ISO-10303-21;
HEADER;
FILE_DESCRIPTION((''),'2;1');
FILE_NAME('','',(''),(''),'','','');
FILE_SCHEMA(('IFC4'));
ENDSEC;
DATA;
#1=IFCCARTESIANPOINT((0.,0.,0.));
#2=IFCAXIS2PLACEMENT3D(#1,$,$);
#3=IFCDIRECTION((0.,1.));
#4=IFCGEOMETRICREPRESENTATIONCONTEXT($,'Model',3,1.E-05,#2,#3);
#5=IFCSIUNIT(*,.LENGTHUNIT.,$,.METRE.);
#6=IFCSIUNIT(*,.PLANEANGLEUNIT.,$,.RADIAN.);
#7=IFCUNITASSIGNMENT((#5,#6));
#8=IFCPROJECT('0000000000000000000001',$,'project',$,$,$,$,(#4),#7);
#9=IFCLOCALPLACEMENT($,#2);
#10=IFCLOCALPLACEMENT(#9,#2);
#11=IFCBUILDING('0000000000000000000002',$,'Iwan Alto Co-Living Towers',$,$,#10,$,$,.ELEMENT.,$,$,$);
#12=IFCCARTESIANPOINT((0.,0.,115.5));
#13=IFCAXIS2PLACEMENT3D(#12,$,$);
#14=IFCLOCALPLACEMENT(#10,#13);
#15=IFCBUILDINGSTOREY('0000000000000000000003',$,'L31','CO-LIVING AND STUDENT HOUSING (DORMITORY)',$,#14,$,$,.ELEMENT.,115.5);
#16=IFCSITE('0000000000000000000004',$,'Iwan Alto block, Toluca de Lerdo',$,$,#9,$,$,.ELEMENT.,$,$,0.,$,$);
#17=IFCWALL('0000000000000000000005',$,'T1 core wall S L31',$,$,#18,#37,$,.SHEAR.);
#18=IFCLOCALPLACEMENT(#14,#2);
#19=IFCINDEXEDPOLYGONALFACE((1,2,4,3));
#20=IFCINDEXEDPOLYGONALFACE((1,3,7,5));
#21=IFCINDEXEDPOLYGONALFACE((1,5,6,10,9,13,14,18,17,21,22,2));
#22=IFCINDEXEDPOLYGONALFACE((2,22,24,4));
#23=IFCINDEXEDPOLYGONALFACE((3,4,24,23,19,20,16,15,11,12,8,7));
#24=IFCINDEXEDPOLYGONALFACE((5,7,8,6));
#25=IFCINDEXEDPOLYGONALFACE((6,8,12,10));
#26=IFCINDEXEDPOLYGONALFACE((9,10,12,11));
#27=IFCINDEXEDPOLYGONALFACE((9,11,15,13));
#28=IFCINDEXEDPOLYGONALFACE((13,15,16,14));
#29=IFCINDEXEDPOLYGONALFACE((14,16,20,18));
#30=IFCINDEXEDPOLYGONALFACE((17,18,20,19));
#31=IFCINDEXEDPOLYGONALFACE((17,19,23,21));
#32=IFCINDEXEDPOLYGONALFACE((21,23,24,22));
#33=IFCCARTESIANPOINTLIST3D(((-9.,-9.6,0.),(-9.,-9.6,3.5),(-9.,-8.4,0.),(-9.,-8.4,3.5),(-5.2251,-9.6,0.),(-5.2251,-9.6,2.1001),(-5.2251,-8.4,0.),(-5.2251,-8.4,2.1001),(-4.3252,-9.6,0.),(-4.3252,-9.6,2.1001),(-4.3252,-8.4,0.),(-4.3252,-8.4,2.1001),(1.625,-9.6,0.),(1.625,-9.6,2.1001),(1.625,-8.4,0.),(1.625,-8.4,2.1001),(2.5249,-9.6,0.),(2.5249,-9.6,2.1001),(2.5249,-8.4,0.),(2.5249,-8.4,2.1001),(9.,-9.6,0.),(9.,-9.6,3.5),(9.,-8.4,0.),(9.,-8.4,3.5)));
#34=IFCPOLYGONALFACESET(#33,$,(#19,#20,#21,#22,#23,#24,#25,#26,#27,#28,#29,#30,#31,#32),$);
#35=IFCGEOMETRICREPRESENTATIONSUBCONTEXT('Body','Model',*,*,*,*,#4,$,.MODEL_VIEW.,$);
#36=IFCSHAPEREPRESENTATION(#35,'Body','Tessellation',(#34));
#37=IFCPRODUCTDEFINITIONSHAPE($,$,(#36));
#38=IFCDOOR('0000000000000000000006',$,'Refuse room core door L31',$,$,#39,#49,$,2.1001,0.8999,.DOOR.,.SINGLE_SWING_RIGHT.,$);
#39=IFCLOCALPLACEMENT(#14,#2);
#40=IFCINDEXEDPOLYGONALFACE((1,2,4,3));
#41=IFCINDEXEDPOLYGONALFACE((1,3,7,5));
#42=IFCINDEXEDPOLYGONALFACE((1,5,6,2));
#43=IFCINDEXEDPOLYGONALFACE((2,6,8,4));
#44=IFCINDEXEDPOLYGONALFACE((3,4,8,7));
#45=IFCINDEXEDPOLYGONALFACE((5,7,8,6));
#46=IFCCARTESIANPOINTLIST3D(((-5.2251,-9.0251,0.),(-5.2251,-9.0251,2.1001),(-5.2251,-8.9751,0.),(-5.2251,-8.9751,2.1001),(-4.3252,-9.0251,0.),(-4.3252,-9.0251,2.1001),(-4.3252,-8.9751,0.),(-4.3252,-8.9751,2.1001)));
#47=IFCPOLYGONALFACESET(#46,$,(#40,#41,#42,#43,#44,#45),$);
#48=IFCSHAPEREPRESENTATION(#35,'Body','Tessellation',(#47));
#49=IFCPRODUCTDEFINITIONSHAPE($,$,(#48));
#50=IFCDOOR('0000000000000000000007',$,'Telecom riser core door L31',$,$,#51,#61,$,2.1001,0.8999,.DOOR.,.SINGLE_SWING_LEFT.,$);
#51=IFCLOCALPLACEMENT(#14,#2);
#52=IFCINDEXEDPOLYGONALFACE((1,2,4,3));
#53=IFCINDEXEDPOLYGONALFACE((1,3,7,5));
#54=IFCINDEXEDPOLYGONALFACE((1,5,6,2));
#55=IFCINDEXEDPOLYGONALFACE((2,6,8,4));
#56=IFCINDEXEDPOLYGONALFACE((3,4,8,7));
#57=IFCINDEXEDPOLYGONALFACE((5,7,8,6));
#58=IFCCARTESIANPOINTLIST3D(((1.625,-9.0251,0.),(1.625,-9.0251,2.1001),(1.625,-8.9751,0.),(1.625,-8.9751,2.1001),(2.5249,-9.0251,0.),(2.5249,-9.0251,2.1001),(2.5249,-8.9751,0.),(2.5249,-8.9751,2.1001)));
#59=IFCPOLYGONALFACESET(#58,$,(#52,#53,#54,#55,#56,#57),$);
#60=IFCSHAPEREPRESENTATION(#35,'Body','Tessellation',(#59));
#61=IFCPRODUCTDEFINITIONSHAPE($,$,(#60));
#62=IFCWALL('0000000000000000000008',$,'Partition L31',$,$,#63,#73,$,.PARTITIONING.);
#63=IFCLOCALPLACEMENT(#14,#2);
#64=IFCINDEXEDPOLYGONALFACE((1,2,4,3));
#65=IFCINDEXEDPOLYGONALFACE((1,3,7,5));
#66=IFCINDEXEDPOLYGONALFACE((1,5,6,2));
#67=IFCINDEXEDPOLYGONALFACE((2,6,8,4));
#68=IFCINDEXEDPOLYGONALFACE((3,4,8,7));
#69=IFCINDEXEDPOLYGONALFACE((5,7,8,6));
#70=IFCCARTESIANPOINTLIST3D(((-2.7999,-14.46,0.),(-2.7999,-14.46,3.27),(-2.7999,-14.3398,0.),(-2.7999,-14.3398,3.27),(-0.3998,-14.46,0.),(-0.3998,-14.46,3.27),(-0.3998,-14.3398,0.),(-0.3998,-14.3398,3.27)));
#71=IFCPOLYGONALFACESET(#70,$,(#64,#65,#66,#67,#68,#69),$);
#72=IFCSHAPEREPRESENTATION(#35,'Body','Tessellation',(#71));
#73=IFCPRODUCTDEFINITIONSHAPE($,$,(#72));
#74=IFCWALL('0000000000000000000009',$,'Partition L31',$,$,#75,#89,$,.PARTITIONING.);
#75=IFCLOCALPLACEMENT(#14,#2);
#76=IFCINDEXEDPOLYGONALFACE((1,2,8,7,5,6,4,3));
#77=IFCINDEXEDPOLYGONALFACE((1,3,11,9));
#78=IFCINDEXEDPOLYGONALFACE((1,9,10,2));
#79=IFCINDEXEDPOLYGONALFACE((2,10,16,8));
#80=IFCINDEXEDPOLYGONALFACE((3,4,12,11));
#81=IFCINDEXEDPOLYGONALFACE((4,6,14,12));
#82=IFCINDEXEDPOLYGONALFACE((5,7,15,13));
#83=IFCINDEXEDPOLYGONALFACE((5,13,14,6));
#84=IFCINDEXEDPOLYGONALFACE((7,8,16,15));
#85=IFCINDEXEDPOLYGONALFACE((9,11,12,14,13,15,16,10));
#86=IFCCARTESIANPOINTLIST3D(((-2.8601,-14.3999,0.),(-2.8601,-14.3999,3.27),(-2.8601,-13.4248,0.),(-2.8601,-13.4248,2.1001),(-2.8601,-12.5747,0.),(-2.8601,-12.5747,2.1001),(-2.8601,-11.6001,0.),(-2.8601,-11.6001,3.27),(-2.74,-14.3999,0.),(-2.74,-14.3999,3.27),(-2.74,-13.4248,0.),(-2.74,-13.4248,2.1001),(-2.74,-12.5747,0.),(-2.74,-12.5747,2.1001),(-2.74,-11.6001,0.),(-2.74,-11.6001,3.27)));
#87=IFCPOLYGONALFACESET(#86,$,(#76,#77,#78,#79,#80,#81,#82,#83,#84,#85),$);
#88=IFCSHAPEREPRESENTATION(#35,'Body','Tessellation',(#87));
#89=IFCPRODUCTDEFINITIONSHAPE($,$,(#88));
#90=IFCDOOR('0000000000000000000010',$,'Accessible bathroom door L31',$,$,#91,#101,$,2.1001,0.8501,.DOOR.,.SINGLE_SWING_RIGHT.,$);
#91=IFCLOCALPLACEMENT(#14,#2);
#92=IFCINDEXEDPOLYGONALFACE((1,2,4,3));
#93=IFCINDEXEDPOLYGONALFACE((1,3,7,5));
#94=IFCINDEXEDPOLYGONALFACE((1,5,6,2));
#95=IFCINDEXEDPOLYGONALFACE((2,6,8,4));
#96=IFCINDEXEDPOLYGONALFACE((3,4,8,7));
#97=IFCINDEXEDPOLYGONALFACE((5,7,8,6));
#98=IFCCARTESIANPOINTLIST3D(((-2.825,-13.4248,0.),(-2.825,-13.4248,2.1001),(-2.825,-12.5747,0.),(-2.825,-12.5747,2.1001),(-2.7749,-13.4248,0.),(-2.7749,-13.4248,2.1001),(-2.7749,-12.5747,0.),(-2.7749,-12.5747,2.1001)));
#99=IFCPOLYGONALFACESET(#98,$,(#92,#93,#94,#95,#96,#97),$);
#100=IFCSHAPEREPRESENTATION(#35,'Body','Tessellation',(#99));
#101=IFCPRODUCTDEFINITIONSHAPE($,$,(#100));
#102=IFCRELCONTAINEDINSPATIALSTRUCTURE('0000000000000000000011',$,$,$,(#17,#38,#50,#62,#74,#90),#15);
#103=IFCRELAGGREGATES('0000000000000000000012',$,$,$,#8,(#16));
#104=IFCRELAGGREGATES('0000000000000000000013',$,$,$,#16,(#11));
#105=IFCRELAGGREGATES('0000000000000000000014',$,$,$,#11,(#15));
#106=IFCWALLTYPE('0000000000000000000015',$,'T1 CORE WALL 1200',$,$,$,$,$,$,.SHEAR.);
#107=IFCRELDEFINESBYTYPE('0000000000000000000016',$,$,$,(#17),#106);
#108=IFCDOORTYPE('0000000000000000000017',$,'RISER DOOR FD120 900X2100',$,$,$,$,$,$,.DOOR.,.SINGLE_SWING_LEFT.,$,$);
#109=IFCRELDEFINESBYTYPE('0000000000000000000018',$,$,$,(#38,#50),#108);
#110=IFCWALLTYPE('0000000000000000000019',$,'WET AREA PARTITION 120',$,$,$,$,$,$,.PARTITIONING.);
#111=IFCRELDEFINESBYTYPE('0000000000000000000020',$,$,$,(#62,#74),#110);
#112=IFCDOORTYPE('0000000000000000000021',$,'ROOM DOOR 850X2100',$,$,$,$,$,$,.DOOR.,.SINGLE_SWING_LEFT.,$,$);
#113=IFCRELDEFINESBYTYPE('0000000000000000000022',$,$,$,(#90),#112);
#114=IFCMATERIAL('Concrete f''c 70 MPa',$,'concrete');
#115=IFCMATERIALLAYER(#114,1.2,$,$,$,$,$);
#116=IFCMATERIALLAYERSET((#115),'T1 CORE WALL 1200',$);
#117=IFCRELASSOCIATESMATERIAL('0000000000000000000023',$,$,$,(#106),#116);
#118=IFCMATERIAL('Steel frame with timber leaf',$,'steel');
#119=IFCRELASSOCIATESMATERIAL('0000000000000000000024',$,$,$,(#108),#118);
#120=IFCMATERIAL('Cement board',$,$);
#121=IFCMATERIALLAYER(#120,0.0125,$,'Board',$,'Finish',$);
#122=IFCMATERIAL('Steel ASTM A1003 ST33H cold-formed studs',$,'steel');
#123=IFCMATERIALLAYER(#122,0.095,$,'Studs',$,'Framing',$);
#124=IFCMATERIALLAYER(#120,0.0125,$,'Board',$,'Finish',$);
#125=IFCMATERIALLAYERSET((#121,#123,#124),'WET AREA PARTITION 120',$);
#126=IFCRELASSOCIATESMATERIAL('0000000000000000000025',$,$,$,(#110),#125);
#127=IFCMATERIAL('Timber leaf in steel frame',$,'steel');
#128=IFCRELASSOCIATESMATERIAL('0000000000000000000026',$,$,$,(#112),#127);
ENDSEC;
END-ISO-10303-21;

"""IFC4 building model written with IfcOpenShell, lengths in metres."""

from ifc_helpers import new_model, si_unit, direction, frame, frame_2d, origin, place, context, subcontext, project, spatial, rectangle, extrude, material, layer, layer_set, type_object, element, fill, save


model = new_model("IFC4")

# Units and contexts
model_context = context("Model", 3, precision=1e-05, world=origin(), true_north=direction((0.0, 1.0)))
body_context = subcontext(model_context, "Body", "Model", "MODEL_VIEW")
ifc_project = project(units=[si_unit("LENGTHUNIT", "METRE"), si_unit("PLANEANGLEUNIT", "RADIAN")], contexts=[model_context])

# Site, building, storey
site_placement = place(None, origin())
site = spatial("IfcSite", under=ifc_project, at=site_placement, Name="Iwan Alto block, Toluca de Lerdo", CompositionType="ELEMENT", RefElevation=0.0)
building_placement = place(site_placement, origin())
building = spatial("IfcBuilding", under=site, at=building_placement, Name="Iwan Alto Co-Living Towers", CompositionType="ELEMENT")
storey_placement = place(building_placement, frame((0.0, 0.0, 115.5)))
storey = spatial("IfcBuildingStorey", under=building, at=storey_placement, Name="L31", Description="CO-LIVING AND STUDENT HOUSING (DORMITORY)", CompositionType="ELEMENT", Elevation=115.5)

# Shared definitions
ifc_material_1 = material(Name="Steel ASTM A1003 ST33H cold-formed studs", Category="steel")

# Wall, openings, doors
ifc_material_2 = material(Name="Concrete f'c 70 MPa", Category="concrete")
ifc_layer_1 = layer(ifc_material_2, 1.2)
ifc_layer_set_1 = layer_set([ifc_layer_1], Name="T1 CORE WALL 1200")
wall_type_1 = type_object("IfcWallType", Name="T1 CORE WALL 1200", PredefinedType="SHEAR", material=ifc_layer_set_1)
wall_1_placement = place(storey_placement, frame((-9.0, -9.0, 0.0), z_axis=(0.0, 0.0, 1.0), x_axis=(1.0, 0.0, 0.0)))
wall_1 = element("IfcWall", 1, at=wall_1_placement, inside=storey, type_object=wall_type_1, Name="T1 core wall S L31", PredefinedType="SHEAR", context=body_context, shape_type="SweptSolid", body=[
    extrude(rectangle(XDim=18.0, YDim=1.2, at=frame_2d((9.0, 0.0))), origin(), (0.0, 0.0, 1.0), 3.5),
])
opening_1_placement = place(wall_1_placement, frame((3.7749, 0.0, 0.0)))
opening_1 = element("IfcOpeningElement", 2, at=opening_1_placement, cuts=wall_1, PredefinedType="OPENING", context=body_context, shape_type="SweptSolid", body=[
    extrude(rectangle(XDim=0.8999, YDim=2.1001, at=frame_2d((0.45, 1.05))), frame((0.0, 0.6099, 0.0), z_axis=(0.0, -1.0, 0.0), x_axis=(1.0, 0.0, 0.0)), (0.0, 0.0, 1.0), 1.22),
])
opening_2_placement = place(wall_1_placement, frame((10.625, 0.0, 0.0)))
opening_2 = element("IfcOpeningElement", 3, at=opening_2_placement, cuts=wall_1, PredefinedType="OPENING", context=body_context, shape_type="SweptSolid", body=[
    extrude(rectangle(XDim=0.8999, YDim=2.1001, at=frame_2d((0.45, 1.05))), frame((0.0, 0.6099, 0.0), z_axis=(0.0, -1.0, 0.0), x_axis=(1.0, 0.0, 0.0)), (0.0, 0.0, 1.0), 1.22),
])
ifc_material_3 = material(Name="Steel frame with timber leaf", Category="steel")
door_type_1 = type_object("IfcDoorType", Name="RISER DOOR FD120 900X2100", OperationType="SINGLE_SWING_LEFT", PredefinedType="DOOR", material=ifc_material_3)
door_1_placement = place(opening_1_placement, origin())
door_1 = element("IfcDoor", 4, at=door_1_placement, inside=storey, type_object=door_type_1, Name="Refuse room core door L31", OperationType="SINGLE_SWING_RIGHT", OverallHeight=2.1001, OverallWidth=0.8999, PredefinedType="DOOR", context=body_context, shape_type="SweptSolid", body=[
    extrude(rectangle(XDim=0.8999, YDim=2.1001, at=frame_2d((0.45, 1.05))), frame((0.0, 0.0249, 0.0), z_axis=(0.0, -1.0, 0.0), x_axis=(1.0, 0.0, 0.0)), (0.0, 0.0, 1.0), 0.05),
])
fill(opening_1, door_1)
door_2_placement = place(opening_2_placement, origin())
door_2 = element("IfcDoor", 5, at=door_2_placement, inside=storey, type_object=door_type_1, Name="Telecom riser core door L31", OperationType="SINGLE_SWING_LEFT", OverallHeight=2.1001, OverallWidth=0.8999, PredefinedType="DOOR", context=body_context, shape_type="SweptSolid", body=[
    extrude(rectangle(XDim=0.8999, YDim=2.1001, at=frame_2d((0.45, 1.05))), frame((0.0, 0.0249, 0.0), z_axis=(0.0, -1.0, 0.0), x_axis=(1.0, 0.0, 0.0)), (0.0, 0.0, 1.0), 0.05),
])
fill(opening_2, door_2)

# Wall
ifc_material_4 = material(Name="Cement board")
ifc_layer_2 = layer(ifc_material_4, 0.0125, Name="Board", Category="Finish")
ifc_layer_3 = layer(ifc_material_1, 0.095, Name="Studs", Category="Framing")
ifc_layer_4 = layer(ifc_material_4, 0.0125, Name="Board", Category="Finish")
ifc_layer_set_2 = layer_set([ifc_layer_2, ifc_layer_3, ifc_layer_4], Name="WET AREA PARTITION 120")
wall_type_2 = type_object("IfcWallType", Name="WET AREA PARTITION 120", PredefinedType="PARTITIONING", material=ifc_layer_set_2)
wall_2_placement = place(storey_placement, frame((-2.8, -14.3999, 0.0), z_axis=(0.0, 0.0, 1.0), x_axis=(1.0, 0.0, 0.0)))
element("IfcWall", 6, at=wall_2_placement, inside=storey, type_object=wall_type_2, Name="Partition L31", PredefinedType="PARTITIONING", context=body_context, shape_type="SweptSolid", body=[
    extrude(rectangle(XDim=2.4001, YDim=0.1201, at=frame_2d((1.2002, 0.0))), origin(), (0.0, 0.0, 1.0), 3.27),
])

# Wall, opening, door
wall_3_placement = place(storey_placement, frame((-2.8, -14.3999, 0.0), z_axis=(0.0, 0.0, 1.0), x_axis=(0.0, 1.0, 0.0)))
wall_3 = element("IfcWall", 7, at=wall_3_placement, inside=storey, type_object=wall_type_2, Name="Partition L31", PredefinedType="PARTITIONING", context=body_context, shape_type="SweptSolid", body=[
    extrude(rectangle(XDim=2.7998, YDim=0.1201, at=frame_2d((1.3999, 0.0))), origin(), (0.0, 0.0, 1.0), 3.27),
])
opening_3_placement = place(wall_3_placement, frame((0.9751, 0.0, 0.0)))
opening_3 = element("IfcOpeningElement", 8, at=opening_3_placement, cuts=wall_3, PredefinedType="OPENING", context=body_context, shape_type="SweptSolid", body=[
    extrude(rectangle(XDim=0.8501, YDim=2.1001, at=frame_2d((0.425, 1.05))), frame((0.0, 0.0701, 0.0), z_axis=(0.0, -1.0, 0.0), x_axis=(1.0, 0.0, 0.0)), (0.0, 0.0, 1.0), 0.1401),
])
ifc_material_5 = material(Name="Timber leaf in steel frame", Category="steel")
door_type_2 = type_object("IfcDoorType", Name="ROOM DOOR 850X2100", OperationType="SINGLE_SWING_LEFT", PredefinedType="DOOR", material=ifc_material_5)
door_3_placement = place(opening_3_placement, origin())
door_3 = element("IfcDoor", 9, at=door_3_placement, inside=storey, type_object=door_type_2, Name="Accessible bathroom door L31", OperationType="SINGLE_SWING_RIGHT", OverallHeight=2.1001, OverallWidth=0.8501, PredefinedType="DOOR", context=body_context, shape_type="SweptSolid", body=[
    extrude(rectangle(XDim=0.8501, YDim=2.1001, at=frame_2d((0.425, 1.05))), frame((0.0, 0.0249, 0.0), z_axis=(0.0, -1.0, 0.0), x_axis=(1.0, 0.0, 0.0)), (0.0, 0.0, 1.0), 0.05),
])
fill(opening_3, door_3)

save(model, "model.ifc")
